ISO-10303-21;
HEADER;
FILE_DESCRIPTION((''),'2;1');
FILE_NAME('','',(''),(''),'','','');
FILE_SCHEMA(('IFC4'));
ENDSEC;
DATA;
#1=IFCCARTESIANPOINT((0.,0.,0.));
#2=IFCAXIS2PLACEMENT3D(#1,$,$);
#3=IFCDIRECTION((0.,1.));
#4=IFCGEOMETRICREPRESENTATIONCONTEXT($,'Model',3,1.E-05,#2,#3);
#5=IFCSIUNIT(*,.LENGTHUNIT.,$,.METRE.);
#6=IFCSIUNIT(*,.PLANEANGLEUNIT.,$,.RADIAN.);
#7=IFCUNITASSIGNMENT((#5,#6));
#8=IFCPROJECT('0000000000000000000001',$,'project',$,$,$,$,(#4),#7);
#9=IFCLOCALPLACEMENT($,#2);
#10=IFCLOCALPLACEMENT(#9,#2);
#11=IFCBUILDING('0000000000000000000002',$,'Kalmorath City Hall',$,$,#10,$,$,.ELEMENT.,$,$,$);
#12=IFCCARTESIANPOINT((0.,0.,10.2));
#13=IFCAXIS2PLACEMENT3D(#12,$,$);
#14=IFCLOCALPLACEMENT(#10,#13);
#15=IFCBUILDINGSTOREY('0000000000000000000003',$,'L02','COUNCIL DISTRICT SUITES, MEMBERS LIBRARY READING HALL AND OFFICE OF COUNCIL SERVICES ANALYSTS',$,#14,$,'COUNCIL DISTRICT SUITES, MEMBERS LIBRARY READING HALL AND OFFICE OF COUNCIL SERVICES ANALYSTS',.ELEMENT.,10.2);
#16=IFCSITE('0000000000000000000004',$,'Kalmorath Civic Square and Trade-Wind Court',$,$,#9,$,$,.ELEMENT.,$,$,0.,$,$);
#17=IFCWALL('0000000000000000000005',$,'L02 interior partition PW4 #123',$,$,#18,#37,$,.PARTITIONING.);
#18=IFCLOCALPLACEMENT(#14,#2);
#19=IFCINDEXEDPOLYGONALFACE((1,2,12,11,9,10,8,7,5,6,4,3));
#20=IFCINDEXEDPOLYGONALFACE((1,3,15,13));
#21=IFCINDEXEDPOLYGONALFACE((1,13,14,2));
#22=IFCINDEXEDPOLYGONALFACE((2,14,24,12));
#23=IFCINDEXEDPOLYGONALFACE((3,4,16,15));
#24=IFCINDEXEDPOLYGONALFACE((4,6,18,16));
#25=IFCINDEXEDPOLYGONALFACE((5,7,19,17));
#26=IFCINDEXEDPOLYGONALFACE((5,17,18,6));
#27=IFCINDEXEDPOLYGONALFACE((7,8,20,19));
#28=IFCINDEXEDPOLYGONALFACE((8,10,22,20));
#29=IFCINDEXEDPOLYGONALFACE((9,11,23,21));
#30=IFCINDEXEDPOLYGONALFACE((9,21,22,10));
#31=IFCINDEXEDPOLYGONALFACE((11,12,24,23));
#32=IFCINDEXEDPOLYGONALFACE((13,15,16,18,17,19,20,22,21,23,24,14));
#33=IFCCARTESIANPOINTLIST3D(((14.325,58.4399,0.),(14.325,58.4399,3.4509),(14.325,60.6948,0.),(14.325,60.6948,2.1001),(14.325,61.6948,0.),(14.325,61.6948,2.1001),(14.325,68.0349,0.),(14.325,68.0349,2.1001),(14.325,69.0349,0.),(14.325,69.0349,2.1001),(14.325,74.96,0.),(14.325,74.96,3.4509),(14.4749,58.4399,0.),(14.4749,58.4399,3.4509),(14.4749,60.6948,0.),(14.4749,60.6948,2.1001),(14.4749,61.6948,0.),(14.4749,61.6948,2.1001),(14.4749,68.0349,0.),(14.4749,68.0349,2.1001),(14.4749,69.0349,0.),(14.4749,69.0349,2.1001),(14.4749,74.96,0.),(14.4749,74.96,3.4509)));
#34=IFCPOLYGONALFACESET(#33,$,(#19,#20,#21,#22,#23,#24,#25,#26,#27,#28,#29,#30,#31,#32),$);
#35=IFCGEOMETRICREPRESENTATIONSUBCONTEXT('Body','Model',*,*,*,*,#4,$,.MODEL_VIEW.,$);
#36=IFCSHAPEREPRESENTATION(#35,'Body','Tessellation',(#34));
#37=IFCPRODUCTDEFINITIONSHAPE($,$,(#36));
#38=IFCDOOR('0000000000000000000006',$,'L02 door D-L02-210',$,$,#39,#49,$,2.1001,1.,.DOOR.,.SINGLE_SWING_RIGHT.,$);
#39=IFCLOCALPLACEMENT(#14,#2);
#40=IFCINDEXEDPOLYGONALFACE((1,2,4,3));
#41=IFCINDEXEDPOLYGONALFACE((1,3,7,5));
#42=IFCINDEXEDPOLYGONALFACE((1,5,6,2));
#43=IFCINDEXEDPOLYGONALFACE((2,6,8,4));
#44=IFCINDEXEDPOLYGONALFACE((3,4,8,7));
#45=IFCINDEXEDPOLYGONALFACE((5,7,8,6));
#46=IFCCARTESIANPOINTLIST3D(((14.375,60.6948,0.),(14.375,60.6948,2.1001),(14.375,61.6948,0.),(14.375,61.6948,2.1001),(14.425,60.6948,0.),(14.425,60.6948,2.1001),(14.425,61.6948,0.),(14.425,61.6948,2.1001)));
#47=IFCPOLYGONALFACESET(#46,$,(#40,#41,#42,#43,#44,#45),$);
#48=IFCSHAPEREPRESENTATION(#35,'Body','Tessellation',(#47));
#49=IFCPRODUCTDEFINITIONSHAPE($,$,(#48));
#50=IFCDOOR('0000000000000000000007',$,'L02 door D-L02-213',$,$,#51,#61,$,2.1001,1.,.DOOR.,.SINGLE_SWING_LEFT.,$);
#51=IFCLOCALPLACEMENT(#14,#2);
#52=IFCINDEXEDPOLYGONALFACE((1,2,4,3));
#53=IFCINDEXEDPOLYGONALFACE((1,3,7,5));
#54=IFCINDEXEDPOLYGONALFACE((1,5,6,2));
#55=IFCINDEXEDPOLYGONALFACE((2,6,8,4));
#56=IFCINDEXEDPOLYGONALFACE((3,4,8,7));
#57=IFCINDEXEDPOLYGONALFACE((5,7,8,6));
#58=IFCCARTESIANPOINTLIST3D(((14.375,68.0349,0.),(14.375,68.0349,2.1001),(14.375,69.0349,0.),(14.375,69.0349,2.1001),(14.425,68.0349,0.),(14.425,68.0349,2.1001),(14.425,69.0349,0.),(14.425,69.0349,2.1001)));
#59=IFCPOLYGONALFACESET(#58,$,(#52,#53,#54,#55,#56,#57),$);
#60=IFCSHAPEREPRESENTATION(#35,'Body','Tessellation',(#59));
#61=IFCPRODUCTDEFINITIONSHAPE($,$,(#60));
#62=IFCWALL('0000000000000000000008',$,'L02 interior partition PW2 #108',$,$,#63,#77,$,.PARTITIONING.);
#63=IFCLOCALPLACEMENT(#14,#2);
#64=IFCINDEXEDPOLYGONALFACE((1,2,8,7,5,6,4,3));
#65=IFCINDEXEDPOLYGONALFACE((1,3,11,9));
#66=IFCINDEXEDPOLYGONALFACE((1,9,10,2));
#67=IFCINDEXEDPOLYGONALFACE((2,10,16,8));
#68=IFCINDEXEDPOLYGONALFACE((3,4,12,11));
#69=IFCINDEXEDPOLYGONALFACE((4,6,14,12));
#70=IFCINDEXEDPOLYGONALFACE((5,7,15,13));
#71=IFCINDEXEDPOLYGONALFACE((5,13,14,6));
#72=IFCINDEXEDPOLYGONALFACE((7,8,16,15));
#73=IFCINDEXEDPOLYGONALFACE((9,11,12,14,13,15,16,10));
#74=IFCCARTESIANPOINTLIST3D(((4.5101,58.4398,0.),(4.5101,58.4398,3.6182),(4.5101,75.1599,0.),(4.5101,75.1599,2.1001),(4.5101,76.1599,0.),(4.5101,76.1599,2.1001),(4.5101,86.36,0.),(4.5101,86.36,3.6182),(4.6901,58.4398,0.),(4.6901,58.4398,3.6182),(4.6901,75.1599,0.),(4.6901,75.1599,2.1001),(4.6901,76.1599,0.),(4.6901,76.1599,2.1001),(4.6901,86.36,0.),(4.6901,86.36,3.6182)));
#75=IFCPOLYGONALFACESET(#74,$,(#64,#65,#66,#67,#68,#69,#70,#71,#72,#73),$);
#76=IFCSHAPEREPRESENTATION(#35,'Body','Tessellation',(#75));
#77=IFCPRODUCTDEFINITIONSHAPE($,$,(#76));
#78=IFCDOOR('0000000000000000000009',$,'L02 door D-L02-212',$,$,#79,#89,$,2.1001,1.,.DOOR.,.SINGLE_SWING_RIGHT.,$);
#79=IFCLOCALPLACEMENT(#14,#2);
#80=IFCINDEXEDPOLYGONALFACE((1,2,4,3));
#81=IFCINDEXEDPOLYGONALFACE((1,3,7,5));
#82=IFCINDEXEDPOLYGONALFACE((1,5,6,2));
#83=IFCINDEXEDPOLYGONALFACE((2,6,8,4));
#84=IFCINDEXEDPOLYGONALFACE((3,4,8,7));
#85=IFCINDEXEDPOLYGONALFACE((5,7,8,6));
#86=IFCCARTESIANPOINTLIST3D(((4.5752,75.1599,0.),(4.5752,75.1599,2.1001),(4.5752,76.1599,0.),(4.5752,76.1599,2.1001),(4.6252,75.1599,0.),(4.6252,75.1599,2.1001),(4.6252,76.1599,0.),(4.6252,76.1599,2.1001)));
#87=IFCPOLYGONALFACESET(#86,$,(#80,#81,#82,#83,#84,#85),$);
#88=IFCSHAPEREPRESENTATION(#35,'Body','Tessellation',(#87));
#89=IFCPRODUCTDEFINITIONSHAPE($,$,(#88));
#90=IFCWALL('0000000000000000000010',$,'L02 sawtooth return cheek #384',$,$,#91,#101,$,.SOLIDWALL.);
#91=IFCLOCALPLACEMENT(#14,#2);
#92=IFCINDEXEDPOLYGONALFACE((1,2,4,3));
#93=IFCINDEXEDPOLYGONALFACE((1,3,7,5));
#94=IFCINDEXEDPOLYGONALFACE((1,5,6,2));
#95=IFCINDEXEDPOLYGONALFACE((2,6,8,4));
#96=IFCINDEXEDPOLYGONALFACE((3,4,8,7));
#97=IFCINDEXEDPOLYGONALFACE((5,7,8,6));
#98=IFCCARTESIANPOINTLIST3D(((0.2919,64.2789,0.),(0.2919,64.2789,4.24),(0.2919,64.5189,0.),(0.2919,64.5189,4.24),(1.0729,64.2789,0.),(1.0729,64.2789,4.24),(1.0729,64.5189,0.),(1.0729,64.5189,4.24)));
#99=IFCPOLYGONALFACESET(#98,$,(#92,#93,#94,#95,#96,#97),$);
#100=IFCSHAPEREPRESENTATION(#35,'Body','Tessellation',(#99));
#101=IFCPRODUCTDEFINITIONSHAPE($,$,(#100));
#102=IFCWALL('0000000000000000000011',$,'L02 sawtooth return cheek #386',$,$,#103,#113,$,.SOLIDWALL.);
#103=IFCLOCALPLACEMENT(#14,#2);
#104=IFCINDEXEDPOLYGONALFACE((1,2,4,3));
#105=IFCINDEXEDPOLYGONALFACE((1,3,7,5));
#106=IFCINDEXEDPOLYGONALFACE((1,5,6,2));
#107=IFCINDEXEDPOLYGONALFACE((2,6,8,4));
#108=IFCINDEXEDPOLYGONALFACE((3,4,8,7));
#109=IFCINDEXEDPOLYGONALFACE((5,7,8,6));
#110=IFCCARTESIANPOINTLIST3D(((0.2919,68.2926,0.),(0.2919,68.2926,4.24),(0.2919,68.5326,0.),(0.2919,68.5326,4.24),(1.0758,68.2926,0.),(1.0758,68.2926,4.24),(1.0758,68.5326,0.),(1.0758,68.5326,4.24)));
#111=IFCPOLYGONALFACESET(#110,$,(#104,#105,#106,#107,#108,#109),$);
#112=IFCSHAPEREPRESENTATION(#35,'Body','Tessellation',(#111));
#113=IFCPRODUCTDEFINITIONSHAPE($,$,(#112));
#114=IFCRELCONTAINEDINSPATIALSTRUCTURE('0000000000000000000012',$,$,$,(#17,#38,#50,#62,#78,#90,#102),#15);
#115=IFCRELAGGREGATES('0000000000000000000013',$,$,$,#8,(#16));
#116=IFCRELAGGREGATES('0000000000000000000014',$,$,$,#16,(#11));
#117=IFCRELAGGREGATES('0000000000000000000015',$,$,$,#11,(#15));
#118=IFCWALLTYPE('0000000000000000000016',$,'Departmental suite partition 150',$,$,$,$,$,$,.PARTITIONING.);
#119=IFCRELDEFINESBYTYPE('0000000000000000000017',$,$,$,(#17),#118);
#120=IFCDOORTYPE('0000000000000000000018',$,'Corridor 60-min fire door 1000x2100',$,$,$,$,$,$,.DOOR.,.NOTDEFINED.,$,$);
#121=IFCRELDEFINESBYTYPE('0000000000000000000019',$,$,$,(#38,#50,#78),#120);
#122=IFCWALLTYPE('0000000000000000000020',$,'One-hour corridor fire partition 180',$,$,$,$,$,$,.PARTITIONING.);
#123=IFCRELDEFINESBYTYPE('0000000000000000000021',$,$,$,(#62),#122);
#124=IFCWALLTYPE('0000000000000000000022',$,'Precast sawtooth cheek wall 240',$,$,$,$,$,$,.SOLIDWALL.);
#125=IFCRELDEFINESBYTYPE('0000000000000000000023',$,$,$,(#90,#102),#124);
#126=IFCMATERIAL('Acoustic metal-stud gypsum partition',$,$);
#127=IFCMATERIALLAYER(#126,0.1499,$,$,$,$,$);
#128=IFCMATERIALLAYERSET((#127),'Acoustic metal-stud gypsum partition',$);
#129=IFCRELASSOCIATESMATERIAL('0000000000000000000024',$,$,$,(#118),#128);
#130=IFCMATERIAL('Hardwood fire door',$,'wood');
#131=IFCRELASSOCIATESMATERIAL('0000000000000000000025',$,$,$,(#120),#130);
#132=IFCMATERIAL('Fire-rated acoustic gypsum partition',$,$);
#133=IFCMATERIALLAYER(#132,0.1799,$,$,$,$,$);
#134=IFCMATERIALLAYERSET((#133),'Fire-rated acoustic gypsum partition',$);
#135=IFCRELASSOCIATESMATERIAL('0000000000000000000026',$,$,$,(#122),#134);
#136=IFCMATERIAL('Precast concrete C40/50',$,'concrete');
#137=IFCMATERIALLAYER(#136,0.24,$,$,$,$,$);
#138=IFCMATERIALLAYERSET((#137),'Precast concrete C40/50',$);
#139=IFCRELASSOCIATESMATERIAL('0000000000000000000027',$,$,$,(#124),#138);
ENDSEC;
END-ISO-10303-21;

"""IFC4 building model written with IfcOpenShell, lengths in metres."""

from ifc_helpers import new_model, si_unit, direction, frame, frame_2d, origin, place, context, subcontext, project, spatial, rectangle, extrude, material, layer, layer_set, type_object, element, fill, save


model = new_model("IFC4")

# Units and contexts
model_context = context("Model", 3, precision=1e-05, world=origin(), true_north=direction((0.0, 1.0)))
body_context = subcontext(model_context, "Body", "Model", "MODEL_VIEW")
ifc_project = project(units=[si_unit("LENGTHUNIT", "METRE"), si_unit("PLANEANGLEUNIT", "RADIAN")], contexts=[model_context])

# Site, building, storey
site_placement = place(None, origin())
site = spatial("IfcSite", under=ifc_project, at=site_placement, Name="Kalmorath Civic Square and Trade-Wind Court", CompositionType="ELEMENT", RefElevation=0.0)
building_placement = place(site_placement, origin())
building = spatial("IfcBuilding", under=site, at=building_placement, Name="Kalmorath City Hall", CompositionType="ELEMENT")
storey_placement = place(building_placement, frame((0.0, 0.0, 10.2)))
storey = spatial("IfcBuildingStorey", under=building, at=storey_placement, Name="L02", Description="COUNCIL DISTRICT SUITES, MEMBERS LIBRARY READING HALL AND OFFICE OF COUNCIL SERVICES ANALYSTS", LongName="COUNCIL DISTRICT SUITES, MEMBERS LIBRARY READING HALL AND OFFICE OF COUNCIL SERVICES ANALYSTS", CompositionType="ELEMENT", Elevation=10.2)

# Wall, openings, doors
ifc_material_1 = material(Name="Acoustic metal-stud gypsum partition")
ifc_layer_1 = layer(ifc_material_1, 0.1499)
ifc_layer_set_1 = layer_set([ifc_layer_1], Name="Acoustic metal-stud gypsum partition")
wall_type_1 = type_object("IfcWallType", Name="Departmental suite partition 150", PredefinedType="PARTITIONING", material=ifc_layer_set_1)
wall_1_placement = place(storey_placement, frame((14.3999, 58.4399, 0.0), z_axis=(0.0, 0.0, 1.0), x_axis=(0.0, 1.0, 0.0)))
wall_1 = element("IfcWall", 1, at=wall_1_placement, inside=storey, type_object=wall_type_1, Name="L02 interior partition PW4 #123", PredefinedType="PARTITIONING", context=body_context, shape_type="SweptSolid", body=[
    extrude(rectangle(XDim=16.52, YDim=0.1499, at=frame_2d((8.26, 0.0))), origin(), (0.0, 0.0, 1.0), 3.4509),
])
opening_1_placement = place(wall_1_placement, frame((2.2549, 0.0, 0.0)))
opening_1 = element("IfcOpeningElement", 2, at=opening_1_placement, cuts=wall_1, PredefinedType="OPENING", context=body_context, shape_type="SweptSolid", body=[
    extrude(rectangle(XDim=1.0, YDim=2.1001, at=frame_2d((0.5, 1.05))), frame((0.0, 0.085, 0.0), z_axis=(0.0, -1.0, 0.0), x_axis=(1.0, 0.0, 0.0)), (0.0, 0.0, 1.0), 0.1699),
])
opening_2_placement = place(wall_1_placement, frame((9.595, 0.0, 0.0)))
opening_2 = element("IfcOpeningElement", 3, at=opening_2_placement, cuts=wall_1, PredefinedType="OPENING", context=body_context, shape_type="SweptSolid", body=[
    extrude(rectangle(XDim=1.0, YDim=2.1001, at=frame_2d((0.5, 1.05))), frame((0.0, 0.085, 0.0), z_axis=(0.0, -1.0, 0.0), x_axis=(1.0, 0.0, 0.0)), (0.0, 0.0, 1.0), 0.1699),
])
ifc_material_2 = material(Name="Hardwood fire door", Category="wood")
door_type_1 = type_object("IfcDoorType", Name="Corridor 60-min fire door 1000x2100", OperationType="NOTDEFINED", PredefinedType="DOOR", material=ifc_material_2)
door_1_placement = place(opening_1_placement, origin())
door_1 = element("IfcDoor", 4, at=door_1_placement, inside=storey, type_object=door_type_1, Name="L02 door D-L02-210", OperationType="SINGLE_SWING_RIGHT", OverallHeight=2.1001, OverallWidth=1.0, PredefinedType="DOOR", context=body_context, shape_type="SweptSolid", body=[
    extrude(rectangle(XDim=1.0, YDim=2.1001, at=frame_2d((0.5, 1.05))), frame((0.0, 0.0249, 0.0), z_axis=(0.0, -1.0, 0.0), x_axis=(1.0, 0.0, 0.0)), (0.0, 0.0, 1.0), 0.05),
])
fill(opening_1, door_1)
door_2_placement = place(opening_2_placement, origin())
door_2 = element("IfcDoor", 5, at=door_2_placement, inside=storey, type_object=door_type_1, Name="L02 door D-L02-213", OperationType="SINGLE_SWING_LEFT", OverallHeight=2.1001, OverallWidth=1.0, PredefinedType="DOOR", context=body_context, shape_type="SweptSolid", body=[
    extrude(rectangle(XDim=1.0, YDim=2.1001, at=frame_2d((0.5, 1.05))), frame((0.0, 0.0249, 0.0), z_axis=(0.0, -1.0, 0.0), x_axis=(1.0, 0.0, 0.0)), (0.0, 0.0, 1.0), 0.05),
])
fill(opening_2, door_2)

# Wall, opening, door
ifc_material_3 = material(Name="Fire-rated acoustic gypsum partition")
ifc_layer_2 = layer(ifc_material_3, 0.1799)
ifc_layer_set_2 = layer_set([ifc_layer_2], Name="Fire-rated acoustic gypsum partition")
wall_type_2 = type_object("IfcWallType", Name="One-hour corridor fire partition 180", PredefinedType="PARTITIONING", material=ifc_layer_set_2)
wall_2_placement = place(storey_placement, frame((4.6001, 58.4399, 0.0), z_axis=(0.0, 0.0, 1.0), x_axis=(0.0, 1.0, 0.0)))
wall_2 = element("IfcWall", 6, at=wall_2_placement, inside=storey, type_object=wall_type_2, Name="L02 interior partition PW2 #108", PredefinedType="PARTITIONING", context=body_context, shape_type="SweptSolid", body=[
    extrude(rectangle(XDim=27.9202, YDim=0.1799, at=frame_2d((13.96, 0.0))), origin(), (0.0, 0.0, 1.0), 3.6182),
])
opening_3_placement = place(wall_2_placement, frame((16.72, 0.0, 0.0)))
opening_3 = element("IfcOpeningElement", 7, at=opening_3_placement, cuts=wall_2, PredefinedType="OPENING", context=body_context, shape_type="SweptSolid", body=[
    extrude(rectangle(XDim=1.0, YDim=2.1001, at=frame_2d((0.5, 1.05))), frame((0.0, 0.0999, 0.0), z_axis=(0.0, -1.0, 0.0), x_axis=(1.0, 0.0, 0.0)), (0.0, 0.0, 1.0), 0.2),
])
door_3_placement = place(opening_3_placement, origin())
door_3 = element("IfcDoor", 8, at=door_3_placement, inside=storey, type_object=door_type_1, Name="L02 door D-L02-212", OperationType="SINGLE_SWING_RIGHT", OverallHeight=2.1001, OverallWidth=1.0, PredefinedType="DOOR", context=body_context, shape_type="SweptSolid", body=[
    extrude(rectangle(XDim=1.0, YDim=2.1001, at=frame_2d((0.5, 1.05))), frame((0.0, 0.0249, 0.0), z_axis=(0.0, -1.0, 0.0), x_axis=(1.0, 0.0, 0.0)), (0.0, 0.0, 1.0), 0.05),
])
fill(opening_3, door_3)

# Walls
ifc_material_4 = material(Name="Precast concrete C40/50", Category="concrete")
ifc_layer_3 = layer(ifc_material_4, 0.24)
ifc_layer_set_3 = layer_set([ifc_layer_3], Name="Precast concrete C40/50")
wall_type_3 = type_object("IfcWallType", Name="Precast sawtooth cheek wall 240", PredefinedType="SOLIDWALL", material=ifc_layer_set_3)
wall_3_placement = place(storey_placement, frame((1.073, 64.3989, 0.0), z_axis=(0.0, 0.0, 1.0), x_axis=(-1.0, 0.0, 0.0)))
element("IfcWall", 9, at=wall_3_placement, inside=storey, type_object=wall_type_3, Name="L02 sawtooth return cheek #384", PredefinedType="SOLIDWALL", context=body_context, shape_type="SweptSolid", body=[
    extrude(rectangle(XDim=0.781, YDim=0.24, at=frame_2d((0.3906, 0.0))), origin(), (0.0, 0.0, 1.0), 4.24),
])
wall_4_placement = place(storey_placement, frame((1.0759, 68.4126, 0.0), z_axis=(0.0, 0.0, 1.0), x_axis=(-1.0, 0.0, 0.0)))
element("IfcWall", 10, at=wall_4_placement, inside=storey, type_object=wall_type_3, Name="L02 sawtooth return cheek #386", PredefinedType="SOLIDWALL", context=body_context, shape_type="SweptSolid", body=[
    extrude(rectangle(XDim=0.7839, YDim=0.24, at=frame_2d((0.3921, 0.0))), origin(), (0.0, 0.0, 1.0), 4.24),
])

save(model, "model.ifc")
